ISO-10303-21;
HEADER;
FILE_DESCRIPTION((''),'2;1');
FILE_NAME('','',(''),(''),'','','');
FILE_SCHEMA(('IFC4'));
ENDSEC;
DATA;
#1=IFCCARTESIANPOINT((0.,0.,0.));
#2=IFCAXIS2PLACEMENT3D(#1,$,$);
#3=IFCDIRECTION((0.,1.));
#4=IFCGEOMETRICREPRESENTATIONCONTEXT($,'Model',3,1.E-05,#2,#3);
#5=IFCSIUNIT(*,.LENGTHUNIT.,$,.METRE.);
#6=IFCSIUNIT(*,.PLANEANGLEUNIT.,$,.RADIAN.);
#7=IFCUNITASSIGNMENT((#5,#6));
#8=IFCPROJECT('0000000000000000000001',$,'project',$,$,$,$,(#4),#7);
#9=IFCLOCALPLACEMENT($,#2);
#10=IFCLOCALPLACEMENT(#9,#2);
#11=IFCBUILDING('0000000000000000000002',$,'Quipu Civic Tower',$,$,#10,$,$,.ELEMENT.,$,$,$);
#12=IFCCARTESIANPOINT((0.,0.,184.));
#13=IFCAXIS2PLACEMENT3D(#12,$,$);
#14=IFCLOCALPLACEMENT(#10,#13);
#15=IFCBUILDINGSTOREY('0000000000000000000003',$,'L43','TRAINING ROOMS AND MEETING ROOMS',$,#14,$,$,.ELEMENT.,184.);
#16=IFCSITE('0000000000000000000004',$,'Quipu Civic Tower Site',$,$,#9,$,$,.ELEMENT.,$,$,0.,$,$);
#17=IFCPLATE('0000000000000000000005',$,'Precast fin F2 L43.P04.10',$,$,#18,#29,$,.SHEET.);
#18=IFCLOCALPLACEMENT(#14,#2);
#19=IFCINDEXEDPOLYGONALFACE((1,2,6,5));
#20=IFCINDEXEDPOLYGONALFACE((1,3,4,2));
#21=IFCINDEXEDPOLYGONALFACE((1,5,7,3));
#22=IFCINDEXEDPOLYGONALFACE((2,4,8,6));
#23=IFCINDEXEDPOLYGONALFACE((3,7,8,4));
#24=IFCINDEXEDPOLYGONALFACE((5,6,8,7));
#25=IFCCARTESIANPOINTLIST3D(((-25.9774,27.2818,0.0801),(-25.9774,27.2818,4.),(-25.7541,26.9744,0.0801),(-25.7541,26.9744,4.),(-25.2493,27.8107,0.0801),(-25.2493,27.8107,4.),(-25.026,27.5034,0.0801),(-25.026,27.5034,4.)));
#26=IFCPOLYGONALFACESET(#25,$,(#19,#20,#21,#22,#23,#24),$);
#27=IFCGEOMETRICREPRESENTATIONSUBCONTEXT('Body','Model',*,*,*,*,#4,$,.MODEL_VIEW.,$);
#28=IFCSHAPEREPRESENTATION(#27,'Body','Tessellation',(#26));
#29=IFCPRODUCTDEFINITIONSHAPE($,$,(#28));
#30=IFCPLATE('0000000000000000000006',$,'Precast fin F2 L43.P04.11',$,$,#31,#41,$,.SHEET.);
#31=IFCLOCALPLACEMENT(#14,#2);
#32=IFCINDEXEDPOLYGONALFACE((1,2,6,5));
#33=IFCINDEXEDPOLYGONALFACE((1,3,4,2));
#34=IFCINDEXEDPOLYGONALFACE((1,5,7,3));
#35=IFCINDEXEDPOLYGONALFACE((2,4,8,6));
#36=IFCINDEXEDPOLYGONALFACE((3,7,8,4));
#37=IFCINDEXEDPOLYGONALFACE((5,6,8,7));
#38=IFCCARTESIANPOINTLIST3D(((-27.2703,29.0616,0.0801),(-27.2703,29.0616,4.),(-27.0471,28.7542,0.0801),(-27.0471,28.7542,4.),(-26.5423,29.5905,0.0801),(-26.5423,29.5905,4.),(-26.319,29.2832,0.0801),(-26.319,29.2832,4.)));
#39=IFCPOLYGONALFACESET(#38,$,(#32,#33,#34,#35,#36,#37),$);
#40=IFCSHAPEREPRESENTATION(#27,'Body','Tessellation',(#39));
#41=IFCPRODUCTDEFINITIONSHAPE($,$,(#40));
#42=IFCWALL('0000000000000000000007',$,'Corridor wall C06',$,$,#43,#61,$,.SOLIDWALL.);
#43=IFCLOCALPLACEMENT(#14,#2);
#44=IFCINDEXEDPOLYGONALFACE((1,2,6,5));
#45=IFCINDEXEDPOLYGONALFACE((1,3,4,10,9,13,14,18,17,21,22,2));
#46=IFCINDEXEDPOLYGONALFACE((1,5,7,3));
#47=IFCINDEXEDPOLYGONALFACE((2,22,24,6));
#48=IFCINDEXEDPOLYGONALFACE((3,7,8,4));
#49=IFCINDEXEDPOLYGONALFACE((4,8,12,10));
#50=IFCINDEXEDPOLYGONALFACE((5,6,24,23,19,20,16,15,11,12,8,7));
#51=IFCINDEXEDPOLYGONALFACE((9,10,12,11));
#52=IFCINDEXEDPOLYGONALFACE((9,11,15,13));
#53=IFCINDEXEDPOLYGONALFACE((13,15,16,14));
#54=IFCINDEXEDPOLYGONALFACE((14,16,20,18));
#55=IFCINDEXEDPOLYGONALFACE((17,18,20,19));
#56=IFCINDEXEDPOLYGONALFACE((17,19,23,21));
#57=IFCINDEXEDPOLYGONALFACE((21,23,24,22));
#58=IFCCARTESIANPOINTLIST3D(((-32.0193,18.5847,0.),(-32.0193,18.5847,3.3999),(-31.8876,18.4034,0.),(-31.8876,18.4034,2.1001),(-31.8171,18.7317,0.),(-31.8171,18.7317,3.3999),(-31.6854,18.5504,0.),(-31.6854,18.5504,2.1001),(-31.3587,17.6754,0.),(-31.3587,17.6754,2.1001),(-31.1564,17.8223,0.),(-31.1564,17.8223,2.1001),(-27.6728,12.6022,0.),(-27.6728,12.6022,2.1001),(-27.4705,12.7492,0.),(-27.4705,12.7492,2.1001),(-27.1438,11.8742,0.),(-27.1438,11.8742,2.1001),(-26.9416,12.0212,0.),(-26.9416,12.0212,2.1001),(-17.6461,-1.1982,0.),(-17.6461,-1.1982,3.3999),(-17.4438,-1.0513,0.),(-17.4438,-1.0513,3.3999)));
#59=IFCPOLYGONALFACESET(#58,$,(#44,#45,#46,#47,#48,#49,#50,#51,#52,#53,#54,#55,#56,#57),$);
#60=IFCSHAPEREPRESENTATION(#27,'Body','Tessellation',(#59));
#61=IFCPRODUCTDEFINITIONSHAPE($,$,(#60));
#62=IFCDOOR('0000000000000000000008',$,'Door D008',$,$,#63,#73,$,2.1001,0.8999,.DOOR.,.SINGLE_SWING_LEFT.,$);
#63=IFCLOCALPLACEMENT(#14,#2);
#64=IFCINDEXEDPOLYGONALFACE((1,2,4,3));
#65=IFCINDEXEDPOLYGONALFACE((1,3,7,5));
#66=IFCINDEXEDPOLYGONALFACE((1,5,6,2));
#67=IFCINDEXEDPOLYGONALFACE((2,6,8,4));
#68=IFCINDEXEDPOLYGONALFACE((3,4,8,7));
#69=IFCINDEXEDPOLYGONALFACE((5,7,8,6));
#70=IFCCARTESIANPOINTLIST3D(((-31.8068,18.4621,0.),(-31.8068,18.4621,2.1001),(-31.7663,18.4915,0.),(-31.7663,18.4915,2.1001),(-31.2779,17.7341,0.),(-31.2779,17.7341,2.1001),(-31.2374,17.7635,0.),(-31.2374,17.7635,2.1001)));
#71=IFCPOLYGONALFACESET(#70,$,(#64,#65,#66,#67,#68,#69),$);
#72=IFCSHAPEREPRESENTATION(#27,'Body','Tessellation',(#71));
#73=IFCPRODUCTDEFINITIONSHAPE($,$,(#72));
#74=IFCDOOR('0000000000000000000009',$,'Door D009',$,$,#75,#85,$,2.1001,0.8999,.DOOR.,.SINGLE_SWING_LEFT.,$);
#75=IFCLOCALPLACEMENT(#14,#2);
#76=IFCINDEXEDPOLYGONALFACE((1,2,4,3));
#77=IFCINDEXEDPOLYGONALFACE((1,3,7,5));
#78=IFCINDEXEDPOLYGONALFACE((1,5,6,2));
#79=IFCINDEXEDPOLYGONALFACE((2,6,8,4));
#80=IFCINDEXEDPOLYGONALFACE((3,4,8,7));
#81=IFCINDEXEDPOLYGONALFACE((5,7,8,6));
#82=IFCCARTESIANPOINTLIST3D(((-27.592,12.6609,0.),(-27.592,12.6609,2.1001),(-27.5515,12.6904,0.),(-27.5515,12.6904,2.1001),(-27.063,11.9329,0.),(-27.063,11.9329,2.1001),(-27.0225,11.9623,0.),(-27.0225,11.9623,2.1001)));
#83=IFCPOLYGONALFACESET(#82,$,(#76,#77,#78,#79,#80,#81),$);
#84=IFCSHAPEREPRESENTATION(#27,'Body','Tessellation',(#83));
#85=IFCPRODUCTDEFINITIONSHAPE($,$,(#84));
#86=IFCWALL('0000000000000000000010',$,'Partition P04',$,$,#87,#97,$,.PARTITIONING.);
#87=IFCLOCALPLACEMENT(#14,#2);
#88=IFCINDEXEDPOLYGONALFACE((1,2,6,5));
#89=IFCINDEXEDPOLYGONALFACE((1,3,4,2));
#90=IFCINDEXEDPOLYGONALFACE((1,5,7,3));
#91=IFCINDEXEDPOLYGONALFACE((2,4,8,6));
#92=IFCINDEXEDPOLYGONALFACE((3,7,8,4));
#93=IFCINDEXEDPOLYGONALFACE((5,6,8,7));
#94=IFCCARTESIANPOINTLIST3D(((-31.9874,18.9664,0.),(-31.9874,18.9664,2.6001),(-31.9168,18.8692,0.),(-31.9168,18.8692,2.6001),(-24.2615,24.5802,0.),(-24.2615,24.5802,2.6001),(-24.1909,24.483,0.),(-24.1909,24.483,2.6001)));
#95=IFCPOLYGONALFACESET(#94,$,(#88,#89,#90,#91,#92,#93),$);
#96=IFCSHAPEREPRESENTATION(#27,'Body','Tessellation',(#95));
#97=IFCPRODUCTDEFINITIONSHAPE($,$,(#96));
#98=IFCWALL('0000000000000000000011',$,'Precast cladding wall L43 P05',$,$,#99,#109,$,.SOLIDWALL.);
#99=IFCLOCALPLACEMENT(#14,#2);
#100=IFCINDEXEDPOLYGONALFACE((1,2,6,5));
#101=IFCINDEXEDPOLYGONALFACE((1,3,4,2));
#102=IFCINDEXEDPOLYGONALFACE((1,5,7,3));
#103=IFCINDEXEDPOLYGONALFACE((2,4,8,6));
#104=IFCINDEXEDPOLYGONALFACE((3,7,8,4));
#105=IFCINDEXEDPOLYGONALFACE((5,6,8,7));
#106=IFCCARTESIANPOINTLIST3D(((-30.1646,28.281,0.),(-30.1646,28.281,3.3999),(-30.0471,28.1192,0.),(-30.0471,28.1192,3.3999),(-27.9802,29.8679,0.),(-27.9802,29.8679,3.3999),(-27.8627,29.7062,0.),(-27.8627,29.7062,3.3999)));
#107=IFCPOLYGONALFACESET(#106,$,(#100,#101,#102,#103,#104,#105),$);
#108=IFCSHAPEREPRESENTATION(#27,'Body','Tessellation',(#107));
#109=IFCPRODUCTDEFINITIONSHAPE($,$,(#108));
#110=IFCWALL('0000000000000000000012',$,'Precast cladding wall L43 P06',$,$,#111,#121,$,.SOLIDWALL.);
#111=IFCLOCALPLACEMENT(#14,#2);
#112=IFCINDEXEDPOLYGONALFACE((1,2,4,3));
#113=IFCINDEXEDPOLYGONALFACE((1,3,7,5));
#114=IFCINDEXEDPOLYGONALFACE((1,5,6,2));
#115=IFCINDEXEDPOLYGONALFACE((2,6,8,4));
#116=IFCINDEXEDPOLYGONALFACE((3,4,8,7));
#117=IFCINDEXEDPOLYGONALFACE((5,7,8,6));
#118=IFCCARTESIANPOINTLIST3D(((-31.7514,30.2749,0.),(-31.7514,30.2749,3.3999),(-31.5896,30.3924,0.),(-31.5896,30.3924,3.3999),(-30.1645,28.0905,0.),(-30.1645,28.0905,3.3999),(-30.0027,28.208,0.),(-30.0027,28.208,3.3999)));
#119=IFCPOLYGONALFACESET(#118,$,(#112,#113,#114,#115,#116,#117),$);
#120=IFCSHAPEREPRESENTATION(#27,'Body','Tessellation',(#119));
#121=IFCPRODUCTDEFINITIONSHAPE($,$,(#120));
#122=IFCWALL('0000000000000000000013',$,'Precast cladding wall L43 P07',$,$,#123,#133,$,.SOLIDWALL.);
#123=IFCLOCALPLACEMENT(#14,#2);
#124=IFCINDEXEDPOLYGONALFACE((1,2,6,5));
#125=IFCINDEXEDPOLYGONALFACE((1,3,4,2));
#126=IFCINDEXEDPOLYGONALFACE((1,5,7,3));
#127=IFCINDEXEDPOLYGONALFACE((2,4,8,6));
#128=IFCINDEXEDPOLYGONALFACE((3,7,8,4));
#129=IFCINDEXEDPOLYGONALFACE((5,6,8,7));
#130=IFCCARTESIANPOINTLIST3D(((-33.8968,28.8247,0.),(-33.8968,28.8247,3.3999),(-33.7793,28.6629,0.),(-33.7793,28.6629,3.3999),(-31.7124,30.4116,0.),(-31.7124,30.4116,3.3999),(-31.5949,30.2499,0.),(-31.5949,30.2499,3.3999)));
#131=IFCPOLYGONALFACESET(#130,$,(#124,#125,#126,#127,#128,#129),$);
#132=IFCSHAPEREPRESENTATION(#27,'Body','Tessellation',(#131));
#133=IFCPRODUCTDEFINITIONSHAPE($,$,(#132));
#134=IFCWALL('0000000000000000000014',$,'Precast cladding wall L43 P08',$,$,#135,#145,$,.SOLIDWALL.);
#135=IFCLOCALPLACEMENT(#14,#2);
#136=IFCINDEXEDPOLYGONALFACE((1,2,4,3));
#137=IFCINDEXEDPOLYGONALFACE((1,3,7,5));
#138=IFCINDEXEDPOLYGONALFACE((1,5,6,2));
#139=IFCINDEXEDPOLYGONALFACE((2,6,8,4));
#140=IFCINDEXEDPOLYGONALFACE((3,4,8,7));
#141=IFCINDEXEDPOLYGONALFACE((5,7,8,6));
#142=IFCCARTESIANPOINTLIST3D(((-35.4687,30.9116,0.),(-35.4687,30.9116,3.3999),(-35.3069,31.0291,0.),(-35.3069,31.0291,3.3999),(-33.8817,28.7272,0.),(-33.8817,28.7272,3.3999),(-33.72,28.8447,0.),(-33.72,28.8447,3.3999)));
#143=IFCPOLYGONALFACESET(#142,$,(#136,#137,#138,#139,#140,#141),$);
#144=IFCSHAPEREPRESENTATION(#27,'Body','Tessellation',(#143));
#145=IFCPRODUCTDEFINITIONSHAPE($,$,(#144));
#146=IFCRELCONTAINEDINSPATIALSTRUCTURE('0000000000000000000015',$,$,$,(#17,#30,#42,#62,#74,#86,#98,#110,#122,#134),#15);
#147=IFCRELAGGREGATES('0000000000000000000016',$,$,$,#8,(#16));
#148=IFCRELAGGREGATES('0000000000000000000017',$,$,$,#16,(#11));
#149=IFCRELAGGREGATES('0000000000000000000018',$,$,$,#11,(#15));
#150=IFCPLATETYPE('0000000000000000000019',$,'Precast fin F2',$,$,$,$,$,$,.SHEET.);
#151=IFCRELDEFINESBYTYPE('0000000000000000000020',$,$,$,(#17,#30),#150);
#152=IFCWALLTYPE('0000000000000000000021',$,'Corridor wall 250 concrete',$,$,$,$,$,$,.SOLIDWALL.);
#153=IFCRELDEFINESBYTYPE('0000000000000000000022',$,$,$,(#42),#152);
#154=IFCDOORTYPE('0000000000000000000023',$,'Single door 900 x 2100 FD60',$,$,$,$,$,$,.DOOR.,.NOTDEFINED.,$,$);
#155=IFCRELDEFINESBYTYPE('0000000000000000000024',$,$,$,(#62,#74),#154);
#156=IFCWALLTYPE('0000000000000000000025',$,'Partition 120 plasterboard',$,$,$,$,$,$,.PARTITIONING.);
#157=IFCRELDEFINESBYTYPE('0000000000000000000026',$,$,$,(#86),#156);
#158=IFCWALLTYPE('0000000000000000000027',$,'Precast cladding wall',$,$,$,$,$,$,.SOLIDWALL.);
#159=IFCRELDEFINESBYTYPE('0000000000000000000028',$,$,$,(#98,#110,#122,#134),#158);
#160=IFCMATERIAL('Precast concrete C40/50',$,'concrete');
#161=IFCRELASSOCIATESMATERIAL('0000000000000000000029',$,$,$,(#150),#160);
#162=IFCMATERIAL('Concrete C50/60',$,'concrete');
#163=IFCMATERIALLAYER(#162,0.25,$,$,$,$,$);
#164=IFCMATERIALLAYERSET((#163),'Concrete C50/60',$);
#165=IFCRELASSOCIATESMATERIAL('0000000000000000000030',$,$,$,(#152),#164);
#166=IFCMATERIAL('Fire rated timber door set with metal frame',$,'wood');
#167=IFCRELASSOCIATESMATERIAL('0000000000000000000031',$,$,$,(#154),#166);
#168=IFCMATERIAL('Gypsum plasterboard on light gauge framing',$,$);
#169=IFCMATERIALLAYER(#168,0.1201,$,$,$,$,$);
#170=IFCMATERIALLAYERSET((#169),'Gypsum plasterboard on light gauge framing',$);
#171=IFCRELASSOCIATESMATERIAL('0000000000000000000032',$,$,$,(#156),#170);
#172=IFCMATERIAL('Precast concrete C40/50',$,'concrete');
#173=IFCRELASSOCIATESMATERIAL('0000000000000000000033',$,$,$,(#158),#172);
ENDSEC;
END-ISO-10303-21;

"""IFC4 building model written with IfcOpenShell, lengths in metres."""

from ifc_helpers import new_model, si_unit, direction, frame, frame_2d, origin, origin_2d, place, context, subcontext, project, spatial, rectangle, extrude, material, layer, layer_set, type_object, element, fill, save


model = new_model("IFC4")

# Units and contexts
model_context = context("Model", 3, precision=1e-05, world=origin(), true_north=direction((0.0, 1.0)))
body_context = subcontext(model_context, "Body", "Model", "MODEL_VIEW")
ifc_project = project(units=[si_unit("LENGTHUNIT", "METRE"), si_unit("PLANEANGLEUNIT", "RADIAN")], contexts=[model_context])

# Site, building, storey
site_placement = place(None, origin())
site = spatial("IfcSite", under=ifc_project, at=site_placement, Name="Quipu Civic Tower Site", CompositionType="ELEMENT", RefElevation=0.0)
building_placement = place(site_placement, origin())
building = spatial("IfcBuilding", under=site, at=building_placement, Name="Quipu Civic Tower", CompositionType="ELEMENT")
storey_placement = place(building_placement, frame((0.0, 0.0, 184.0)))
storey = spatial("IfcBuildingStorey", under=building, at=storey_placement, Name="L43", Description="TRAINING ROOMS AND MEETING ROOMS", CompositionType="ELEMENT", Elevation=184.0)

# Plates
ifc_material_1 = material(Name="Precast concrete C40/50", Category="concrete")
plate_type_1 = type_object("IfcPlateType", Name="Precast fin F2", PredefinedType="SHEET", material=ifc_material_1)
for number, where, z_axis, x_axis, name in (
    (1, (-25.5017, 27.3926, 0.0801), (0.0, 0.0, 1.0), (-0.587787, 0.809016, 0.0), "Precast fin F2 L43.P04.10"),
    (2, (-26.7947, 29.1724, 0.0801), (0.0, 0.0, 1.0), (-0.587787, 0.809016, 0.0), "Precast fin F2 L43.P04.11"),
):
    element("IfcPlate", number, at=place(storey_placement, frame(where, z_axis=z_axis, x_axis=x_axis)), inside=storey, type_object=plate_type_1, Name=name, PredefinedType="SHEET", context=body_context, shape_type="SweptSolid", body=[
        extrude(rectangle(XDim=0.3799, YDim=0.8999, at=origin_2d()), origin(), (0.0, 0.0, 1.0), 3.9199),
    ])

# Wall, openings, doors
ifc_material_2 = material(Name="Concrete C50/60", Category="concrete")
ifc_layer_1 = layer(ifc_material_2, 0.25)
ifc_layer_set_1 = layer_set([ifc_layer_1], Name="Concrete C50/60")
wall_type_1 = type_object("IfcWallType", Name="Corridor wall 250 concrete", PredefinedType="SOLIDWALL", material=ifc_layer_set_1)
wall_1_placement = place(storey_placement, frame((-31.9182, 18.6582, 0.0), z_axis=(0.0, 0.0, 1.0), x_axis=(0.587789, -0.809014, 0.0)))
wall_1 = element("IfcWall", 3, at=wall_1_placement, inside=storey, type_object=wall_type_1, Name="Corridor wall C06", PredefinedType="SOLIDWALL", context=body_context, shape_type="SweptSolid", body=[
    extrude(rectangle(XDim=24.4531, YDim=0.25, at=frame_2d((12.2266, 0.0))), origin(), (0.0, 0.0, 1.0), 3.3999),
])
opening_1_placement = place(wall_1_placement, frame((0.2241, 0.0, 0.0)))
opening_1 = element("IfcOpeningElement", 4, at=opening_1_placement, cuts=wall_1, PredefinedType="OPENING", context=body_context, shape_type="SweptSolid", body=[
    extrude(rectangle(XDim=0.8999, YDim=2.1001, at=frame_2d((0.45, 1.05))), frame((0.0, 0.135, 0.0), z_axis=(0.0, -1.0, 0.0), x_axis=(1.0, 0.0, 0.0)), (0.0, 0.0, 1.0), 0.27),
])
opening_2_placement = place(wall_1_placement, frame((7.3948, 0.0, 0.0)))
opening_2 = element("IfcOpeningElement", 5, at=opening_2_placement, cuts=wall_1, PredefinedType="OPENING", context=body_context, shape_type="SweptSolid", body=[
    extrude(rectangle(XDim=0.8999, YDim=2.1001, at=frame_2d((0.45, 1.05))), frame((0.0, 0.135, 0.0), z_axis=(0.0, -1.0, 0.0), x_axis=(1.0, 0.0, 0.0)), (0.0, 0.0, 1.0), 0.27),
])
ifc_material_3 = material(Name="Fire rated timber door set with metal frame", Category="wood")
door_type = type_object("IfcDoorType", Name="Single door 900 x 2100 FD60", OperationType="NOTDEFINED", PredefinedType="DOOR", material=ifc_material_3)
door_1_placement = place(opening_1_placement, origin())
door_1 = element("IfcDoor", 6, at=door_1_placement, inside=storey, type_object=door_type, Name="Door D008", OperationType="SINGLE_SWING_LEFT", OverallHeight=2.1001, OverallWidth=0.8999, PredefinedType="DOOR", context=body_context, shape_type="SweptSolid", body=[
    extrude(rectangle(XDim=0.8999, YDim=2.1001, at=frame_2d((0.45, 1.05))), frame((0.0, 0.0249, 0.0), z_axis=(0.0, -1.0, 0.0), x_axis=(1.0, 0.0, 0.0)), (0.0, 0.0, 1.0), 0.05),
])
fill(opening_1, door_1)
door_2_placement = place(opening_2_placement, origin())
door_2 = element("IfcDoor", 7, at=door_2_placement, inside=storey, type_object=door_type, Name="Door D009", OperationType="SINGLE_SWING_LEFT", OverallHeight=2.1001, OverallWidth=0.8999, PredefinedType="DOOR", context=body_context, shape_type="SweptSolid", body=[
    extrude(rectangle(XDim=0.8999, YDim=2.1001, at=frame_2d((0.45, 1.05))), frame((0.0, 0.0249, 0.0), z_axis=(0.0, -1.0, 0.0), x_axis=(1.0, 0.0, 0.0)), (0.0, 0.0, 1.0), 0.05),
])
fill(opening_2, door_2)

# Walls
ifc_material_4 = material(Name="Gypsum plasterboard on light gauge framing")
ifc_layer_2 = layer(ifc_material_4, 0.1201)
ifc_layer_set_2 = layer_set([ifc_layer_2], Name="Gypsum plasterboard on light gauge framing")
wall_type_2 = type_object("IfcWallType", Name="Partition 120 plasterboard", PredefinedType="PARTITIONING", material=ifc_layer_set_2)
wall_2_placement = place(storey_placement, frame((-24.2263, 24.5315, 0.0), z_axis=(0.0, 0.0, 1.0), x_axis=(-0.808986, -0.587828, 0.0)))
element("IfcWall", 8, at=wall_2_placement, inside=storey, type_object=wall_type_2, Name="Partition P04", PredefinedType="PARTITIONING", context=body_context, shape_type="SweptSolid", body=[
    extrude(rectangle(XDim=9.55, YDim=0.1201, at=frame_2d((4.7749, 0.0))), origin(), (0.0, 0.0, 1.0), 2.6001),
])
ifc_material_5 = material(Name="Precast concrete C40/50", Category="concrete")
wall_type_3 = type_object("IfcWallType", Name="Precast cladding wall", PredefinedType="SOLIDWALL", material=ifc_material_5)
for number, where, z_axis, x_axis, name in (
    (9, (-27.9214, 29.7871, 0.0), (0.0, 0.0, 1.0), (-0.809033, -0.587763, 0.0), "Precast cladding wall L43 P05"),
    (10, (-30.0835, 28.1492, 0.0), (0.0, 0.0, 1.0), (-0.587763, 0.809033, 0.0), "Precast cladding wall L43 P06"),
    (11, (-31.6536, 30.3308, 0.0), (0.0, 0.0, 1.0), (-0.809033, -0.587763, 0.0), "Precast cladding wall L43 P07"),
    (12, (-33.8008, 28.7859, 0.0), (0.0, 0.0, 1.0), (-0.587763, 0.809033, 0.0), "Precast cladding wall L43 P08"),
):
    element("IfcWall", number, at=place(storey_placement, frame(where, z_axis=z_axis, x_axis=x_axis)), inside=storey, type_object=wall_type_3, Name=name, PredefinedType="SOLIDWALL", context=body_context, shape_type="SweptSolid", body=[
        extrude(rectangle(XDim=2.7, YDim=0.2, at=frame_2d((1.3501, 0.0))), origin(), (0.0, 0.0, 1.0), 3.3999),
    ])

save(model, "model.ifc")
